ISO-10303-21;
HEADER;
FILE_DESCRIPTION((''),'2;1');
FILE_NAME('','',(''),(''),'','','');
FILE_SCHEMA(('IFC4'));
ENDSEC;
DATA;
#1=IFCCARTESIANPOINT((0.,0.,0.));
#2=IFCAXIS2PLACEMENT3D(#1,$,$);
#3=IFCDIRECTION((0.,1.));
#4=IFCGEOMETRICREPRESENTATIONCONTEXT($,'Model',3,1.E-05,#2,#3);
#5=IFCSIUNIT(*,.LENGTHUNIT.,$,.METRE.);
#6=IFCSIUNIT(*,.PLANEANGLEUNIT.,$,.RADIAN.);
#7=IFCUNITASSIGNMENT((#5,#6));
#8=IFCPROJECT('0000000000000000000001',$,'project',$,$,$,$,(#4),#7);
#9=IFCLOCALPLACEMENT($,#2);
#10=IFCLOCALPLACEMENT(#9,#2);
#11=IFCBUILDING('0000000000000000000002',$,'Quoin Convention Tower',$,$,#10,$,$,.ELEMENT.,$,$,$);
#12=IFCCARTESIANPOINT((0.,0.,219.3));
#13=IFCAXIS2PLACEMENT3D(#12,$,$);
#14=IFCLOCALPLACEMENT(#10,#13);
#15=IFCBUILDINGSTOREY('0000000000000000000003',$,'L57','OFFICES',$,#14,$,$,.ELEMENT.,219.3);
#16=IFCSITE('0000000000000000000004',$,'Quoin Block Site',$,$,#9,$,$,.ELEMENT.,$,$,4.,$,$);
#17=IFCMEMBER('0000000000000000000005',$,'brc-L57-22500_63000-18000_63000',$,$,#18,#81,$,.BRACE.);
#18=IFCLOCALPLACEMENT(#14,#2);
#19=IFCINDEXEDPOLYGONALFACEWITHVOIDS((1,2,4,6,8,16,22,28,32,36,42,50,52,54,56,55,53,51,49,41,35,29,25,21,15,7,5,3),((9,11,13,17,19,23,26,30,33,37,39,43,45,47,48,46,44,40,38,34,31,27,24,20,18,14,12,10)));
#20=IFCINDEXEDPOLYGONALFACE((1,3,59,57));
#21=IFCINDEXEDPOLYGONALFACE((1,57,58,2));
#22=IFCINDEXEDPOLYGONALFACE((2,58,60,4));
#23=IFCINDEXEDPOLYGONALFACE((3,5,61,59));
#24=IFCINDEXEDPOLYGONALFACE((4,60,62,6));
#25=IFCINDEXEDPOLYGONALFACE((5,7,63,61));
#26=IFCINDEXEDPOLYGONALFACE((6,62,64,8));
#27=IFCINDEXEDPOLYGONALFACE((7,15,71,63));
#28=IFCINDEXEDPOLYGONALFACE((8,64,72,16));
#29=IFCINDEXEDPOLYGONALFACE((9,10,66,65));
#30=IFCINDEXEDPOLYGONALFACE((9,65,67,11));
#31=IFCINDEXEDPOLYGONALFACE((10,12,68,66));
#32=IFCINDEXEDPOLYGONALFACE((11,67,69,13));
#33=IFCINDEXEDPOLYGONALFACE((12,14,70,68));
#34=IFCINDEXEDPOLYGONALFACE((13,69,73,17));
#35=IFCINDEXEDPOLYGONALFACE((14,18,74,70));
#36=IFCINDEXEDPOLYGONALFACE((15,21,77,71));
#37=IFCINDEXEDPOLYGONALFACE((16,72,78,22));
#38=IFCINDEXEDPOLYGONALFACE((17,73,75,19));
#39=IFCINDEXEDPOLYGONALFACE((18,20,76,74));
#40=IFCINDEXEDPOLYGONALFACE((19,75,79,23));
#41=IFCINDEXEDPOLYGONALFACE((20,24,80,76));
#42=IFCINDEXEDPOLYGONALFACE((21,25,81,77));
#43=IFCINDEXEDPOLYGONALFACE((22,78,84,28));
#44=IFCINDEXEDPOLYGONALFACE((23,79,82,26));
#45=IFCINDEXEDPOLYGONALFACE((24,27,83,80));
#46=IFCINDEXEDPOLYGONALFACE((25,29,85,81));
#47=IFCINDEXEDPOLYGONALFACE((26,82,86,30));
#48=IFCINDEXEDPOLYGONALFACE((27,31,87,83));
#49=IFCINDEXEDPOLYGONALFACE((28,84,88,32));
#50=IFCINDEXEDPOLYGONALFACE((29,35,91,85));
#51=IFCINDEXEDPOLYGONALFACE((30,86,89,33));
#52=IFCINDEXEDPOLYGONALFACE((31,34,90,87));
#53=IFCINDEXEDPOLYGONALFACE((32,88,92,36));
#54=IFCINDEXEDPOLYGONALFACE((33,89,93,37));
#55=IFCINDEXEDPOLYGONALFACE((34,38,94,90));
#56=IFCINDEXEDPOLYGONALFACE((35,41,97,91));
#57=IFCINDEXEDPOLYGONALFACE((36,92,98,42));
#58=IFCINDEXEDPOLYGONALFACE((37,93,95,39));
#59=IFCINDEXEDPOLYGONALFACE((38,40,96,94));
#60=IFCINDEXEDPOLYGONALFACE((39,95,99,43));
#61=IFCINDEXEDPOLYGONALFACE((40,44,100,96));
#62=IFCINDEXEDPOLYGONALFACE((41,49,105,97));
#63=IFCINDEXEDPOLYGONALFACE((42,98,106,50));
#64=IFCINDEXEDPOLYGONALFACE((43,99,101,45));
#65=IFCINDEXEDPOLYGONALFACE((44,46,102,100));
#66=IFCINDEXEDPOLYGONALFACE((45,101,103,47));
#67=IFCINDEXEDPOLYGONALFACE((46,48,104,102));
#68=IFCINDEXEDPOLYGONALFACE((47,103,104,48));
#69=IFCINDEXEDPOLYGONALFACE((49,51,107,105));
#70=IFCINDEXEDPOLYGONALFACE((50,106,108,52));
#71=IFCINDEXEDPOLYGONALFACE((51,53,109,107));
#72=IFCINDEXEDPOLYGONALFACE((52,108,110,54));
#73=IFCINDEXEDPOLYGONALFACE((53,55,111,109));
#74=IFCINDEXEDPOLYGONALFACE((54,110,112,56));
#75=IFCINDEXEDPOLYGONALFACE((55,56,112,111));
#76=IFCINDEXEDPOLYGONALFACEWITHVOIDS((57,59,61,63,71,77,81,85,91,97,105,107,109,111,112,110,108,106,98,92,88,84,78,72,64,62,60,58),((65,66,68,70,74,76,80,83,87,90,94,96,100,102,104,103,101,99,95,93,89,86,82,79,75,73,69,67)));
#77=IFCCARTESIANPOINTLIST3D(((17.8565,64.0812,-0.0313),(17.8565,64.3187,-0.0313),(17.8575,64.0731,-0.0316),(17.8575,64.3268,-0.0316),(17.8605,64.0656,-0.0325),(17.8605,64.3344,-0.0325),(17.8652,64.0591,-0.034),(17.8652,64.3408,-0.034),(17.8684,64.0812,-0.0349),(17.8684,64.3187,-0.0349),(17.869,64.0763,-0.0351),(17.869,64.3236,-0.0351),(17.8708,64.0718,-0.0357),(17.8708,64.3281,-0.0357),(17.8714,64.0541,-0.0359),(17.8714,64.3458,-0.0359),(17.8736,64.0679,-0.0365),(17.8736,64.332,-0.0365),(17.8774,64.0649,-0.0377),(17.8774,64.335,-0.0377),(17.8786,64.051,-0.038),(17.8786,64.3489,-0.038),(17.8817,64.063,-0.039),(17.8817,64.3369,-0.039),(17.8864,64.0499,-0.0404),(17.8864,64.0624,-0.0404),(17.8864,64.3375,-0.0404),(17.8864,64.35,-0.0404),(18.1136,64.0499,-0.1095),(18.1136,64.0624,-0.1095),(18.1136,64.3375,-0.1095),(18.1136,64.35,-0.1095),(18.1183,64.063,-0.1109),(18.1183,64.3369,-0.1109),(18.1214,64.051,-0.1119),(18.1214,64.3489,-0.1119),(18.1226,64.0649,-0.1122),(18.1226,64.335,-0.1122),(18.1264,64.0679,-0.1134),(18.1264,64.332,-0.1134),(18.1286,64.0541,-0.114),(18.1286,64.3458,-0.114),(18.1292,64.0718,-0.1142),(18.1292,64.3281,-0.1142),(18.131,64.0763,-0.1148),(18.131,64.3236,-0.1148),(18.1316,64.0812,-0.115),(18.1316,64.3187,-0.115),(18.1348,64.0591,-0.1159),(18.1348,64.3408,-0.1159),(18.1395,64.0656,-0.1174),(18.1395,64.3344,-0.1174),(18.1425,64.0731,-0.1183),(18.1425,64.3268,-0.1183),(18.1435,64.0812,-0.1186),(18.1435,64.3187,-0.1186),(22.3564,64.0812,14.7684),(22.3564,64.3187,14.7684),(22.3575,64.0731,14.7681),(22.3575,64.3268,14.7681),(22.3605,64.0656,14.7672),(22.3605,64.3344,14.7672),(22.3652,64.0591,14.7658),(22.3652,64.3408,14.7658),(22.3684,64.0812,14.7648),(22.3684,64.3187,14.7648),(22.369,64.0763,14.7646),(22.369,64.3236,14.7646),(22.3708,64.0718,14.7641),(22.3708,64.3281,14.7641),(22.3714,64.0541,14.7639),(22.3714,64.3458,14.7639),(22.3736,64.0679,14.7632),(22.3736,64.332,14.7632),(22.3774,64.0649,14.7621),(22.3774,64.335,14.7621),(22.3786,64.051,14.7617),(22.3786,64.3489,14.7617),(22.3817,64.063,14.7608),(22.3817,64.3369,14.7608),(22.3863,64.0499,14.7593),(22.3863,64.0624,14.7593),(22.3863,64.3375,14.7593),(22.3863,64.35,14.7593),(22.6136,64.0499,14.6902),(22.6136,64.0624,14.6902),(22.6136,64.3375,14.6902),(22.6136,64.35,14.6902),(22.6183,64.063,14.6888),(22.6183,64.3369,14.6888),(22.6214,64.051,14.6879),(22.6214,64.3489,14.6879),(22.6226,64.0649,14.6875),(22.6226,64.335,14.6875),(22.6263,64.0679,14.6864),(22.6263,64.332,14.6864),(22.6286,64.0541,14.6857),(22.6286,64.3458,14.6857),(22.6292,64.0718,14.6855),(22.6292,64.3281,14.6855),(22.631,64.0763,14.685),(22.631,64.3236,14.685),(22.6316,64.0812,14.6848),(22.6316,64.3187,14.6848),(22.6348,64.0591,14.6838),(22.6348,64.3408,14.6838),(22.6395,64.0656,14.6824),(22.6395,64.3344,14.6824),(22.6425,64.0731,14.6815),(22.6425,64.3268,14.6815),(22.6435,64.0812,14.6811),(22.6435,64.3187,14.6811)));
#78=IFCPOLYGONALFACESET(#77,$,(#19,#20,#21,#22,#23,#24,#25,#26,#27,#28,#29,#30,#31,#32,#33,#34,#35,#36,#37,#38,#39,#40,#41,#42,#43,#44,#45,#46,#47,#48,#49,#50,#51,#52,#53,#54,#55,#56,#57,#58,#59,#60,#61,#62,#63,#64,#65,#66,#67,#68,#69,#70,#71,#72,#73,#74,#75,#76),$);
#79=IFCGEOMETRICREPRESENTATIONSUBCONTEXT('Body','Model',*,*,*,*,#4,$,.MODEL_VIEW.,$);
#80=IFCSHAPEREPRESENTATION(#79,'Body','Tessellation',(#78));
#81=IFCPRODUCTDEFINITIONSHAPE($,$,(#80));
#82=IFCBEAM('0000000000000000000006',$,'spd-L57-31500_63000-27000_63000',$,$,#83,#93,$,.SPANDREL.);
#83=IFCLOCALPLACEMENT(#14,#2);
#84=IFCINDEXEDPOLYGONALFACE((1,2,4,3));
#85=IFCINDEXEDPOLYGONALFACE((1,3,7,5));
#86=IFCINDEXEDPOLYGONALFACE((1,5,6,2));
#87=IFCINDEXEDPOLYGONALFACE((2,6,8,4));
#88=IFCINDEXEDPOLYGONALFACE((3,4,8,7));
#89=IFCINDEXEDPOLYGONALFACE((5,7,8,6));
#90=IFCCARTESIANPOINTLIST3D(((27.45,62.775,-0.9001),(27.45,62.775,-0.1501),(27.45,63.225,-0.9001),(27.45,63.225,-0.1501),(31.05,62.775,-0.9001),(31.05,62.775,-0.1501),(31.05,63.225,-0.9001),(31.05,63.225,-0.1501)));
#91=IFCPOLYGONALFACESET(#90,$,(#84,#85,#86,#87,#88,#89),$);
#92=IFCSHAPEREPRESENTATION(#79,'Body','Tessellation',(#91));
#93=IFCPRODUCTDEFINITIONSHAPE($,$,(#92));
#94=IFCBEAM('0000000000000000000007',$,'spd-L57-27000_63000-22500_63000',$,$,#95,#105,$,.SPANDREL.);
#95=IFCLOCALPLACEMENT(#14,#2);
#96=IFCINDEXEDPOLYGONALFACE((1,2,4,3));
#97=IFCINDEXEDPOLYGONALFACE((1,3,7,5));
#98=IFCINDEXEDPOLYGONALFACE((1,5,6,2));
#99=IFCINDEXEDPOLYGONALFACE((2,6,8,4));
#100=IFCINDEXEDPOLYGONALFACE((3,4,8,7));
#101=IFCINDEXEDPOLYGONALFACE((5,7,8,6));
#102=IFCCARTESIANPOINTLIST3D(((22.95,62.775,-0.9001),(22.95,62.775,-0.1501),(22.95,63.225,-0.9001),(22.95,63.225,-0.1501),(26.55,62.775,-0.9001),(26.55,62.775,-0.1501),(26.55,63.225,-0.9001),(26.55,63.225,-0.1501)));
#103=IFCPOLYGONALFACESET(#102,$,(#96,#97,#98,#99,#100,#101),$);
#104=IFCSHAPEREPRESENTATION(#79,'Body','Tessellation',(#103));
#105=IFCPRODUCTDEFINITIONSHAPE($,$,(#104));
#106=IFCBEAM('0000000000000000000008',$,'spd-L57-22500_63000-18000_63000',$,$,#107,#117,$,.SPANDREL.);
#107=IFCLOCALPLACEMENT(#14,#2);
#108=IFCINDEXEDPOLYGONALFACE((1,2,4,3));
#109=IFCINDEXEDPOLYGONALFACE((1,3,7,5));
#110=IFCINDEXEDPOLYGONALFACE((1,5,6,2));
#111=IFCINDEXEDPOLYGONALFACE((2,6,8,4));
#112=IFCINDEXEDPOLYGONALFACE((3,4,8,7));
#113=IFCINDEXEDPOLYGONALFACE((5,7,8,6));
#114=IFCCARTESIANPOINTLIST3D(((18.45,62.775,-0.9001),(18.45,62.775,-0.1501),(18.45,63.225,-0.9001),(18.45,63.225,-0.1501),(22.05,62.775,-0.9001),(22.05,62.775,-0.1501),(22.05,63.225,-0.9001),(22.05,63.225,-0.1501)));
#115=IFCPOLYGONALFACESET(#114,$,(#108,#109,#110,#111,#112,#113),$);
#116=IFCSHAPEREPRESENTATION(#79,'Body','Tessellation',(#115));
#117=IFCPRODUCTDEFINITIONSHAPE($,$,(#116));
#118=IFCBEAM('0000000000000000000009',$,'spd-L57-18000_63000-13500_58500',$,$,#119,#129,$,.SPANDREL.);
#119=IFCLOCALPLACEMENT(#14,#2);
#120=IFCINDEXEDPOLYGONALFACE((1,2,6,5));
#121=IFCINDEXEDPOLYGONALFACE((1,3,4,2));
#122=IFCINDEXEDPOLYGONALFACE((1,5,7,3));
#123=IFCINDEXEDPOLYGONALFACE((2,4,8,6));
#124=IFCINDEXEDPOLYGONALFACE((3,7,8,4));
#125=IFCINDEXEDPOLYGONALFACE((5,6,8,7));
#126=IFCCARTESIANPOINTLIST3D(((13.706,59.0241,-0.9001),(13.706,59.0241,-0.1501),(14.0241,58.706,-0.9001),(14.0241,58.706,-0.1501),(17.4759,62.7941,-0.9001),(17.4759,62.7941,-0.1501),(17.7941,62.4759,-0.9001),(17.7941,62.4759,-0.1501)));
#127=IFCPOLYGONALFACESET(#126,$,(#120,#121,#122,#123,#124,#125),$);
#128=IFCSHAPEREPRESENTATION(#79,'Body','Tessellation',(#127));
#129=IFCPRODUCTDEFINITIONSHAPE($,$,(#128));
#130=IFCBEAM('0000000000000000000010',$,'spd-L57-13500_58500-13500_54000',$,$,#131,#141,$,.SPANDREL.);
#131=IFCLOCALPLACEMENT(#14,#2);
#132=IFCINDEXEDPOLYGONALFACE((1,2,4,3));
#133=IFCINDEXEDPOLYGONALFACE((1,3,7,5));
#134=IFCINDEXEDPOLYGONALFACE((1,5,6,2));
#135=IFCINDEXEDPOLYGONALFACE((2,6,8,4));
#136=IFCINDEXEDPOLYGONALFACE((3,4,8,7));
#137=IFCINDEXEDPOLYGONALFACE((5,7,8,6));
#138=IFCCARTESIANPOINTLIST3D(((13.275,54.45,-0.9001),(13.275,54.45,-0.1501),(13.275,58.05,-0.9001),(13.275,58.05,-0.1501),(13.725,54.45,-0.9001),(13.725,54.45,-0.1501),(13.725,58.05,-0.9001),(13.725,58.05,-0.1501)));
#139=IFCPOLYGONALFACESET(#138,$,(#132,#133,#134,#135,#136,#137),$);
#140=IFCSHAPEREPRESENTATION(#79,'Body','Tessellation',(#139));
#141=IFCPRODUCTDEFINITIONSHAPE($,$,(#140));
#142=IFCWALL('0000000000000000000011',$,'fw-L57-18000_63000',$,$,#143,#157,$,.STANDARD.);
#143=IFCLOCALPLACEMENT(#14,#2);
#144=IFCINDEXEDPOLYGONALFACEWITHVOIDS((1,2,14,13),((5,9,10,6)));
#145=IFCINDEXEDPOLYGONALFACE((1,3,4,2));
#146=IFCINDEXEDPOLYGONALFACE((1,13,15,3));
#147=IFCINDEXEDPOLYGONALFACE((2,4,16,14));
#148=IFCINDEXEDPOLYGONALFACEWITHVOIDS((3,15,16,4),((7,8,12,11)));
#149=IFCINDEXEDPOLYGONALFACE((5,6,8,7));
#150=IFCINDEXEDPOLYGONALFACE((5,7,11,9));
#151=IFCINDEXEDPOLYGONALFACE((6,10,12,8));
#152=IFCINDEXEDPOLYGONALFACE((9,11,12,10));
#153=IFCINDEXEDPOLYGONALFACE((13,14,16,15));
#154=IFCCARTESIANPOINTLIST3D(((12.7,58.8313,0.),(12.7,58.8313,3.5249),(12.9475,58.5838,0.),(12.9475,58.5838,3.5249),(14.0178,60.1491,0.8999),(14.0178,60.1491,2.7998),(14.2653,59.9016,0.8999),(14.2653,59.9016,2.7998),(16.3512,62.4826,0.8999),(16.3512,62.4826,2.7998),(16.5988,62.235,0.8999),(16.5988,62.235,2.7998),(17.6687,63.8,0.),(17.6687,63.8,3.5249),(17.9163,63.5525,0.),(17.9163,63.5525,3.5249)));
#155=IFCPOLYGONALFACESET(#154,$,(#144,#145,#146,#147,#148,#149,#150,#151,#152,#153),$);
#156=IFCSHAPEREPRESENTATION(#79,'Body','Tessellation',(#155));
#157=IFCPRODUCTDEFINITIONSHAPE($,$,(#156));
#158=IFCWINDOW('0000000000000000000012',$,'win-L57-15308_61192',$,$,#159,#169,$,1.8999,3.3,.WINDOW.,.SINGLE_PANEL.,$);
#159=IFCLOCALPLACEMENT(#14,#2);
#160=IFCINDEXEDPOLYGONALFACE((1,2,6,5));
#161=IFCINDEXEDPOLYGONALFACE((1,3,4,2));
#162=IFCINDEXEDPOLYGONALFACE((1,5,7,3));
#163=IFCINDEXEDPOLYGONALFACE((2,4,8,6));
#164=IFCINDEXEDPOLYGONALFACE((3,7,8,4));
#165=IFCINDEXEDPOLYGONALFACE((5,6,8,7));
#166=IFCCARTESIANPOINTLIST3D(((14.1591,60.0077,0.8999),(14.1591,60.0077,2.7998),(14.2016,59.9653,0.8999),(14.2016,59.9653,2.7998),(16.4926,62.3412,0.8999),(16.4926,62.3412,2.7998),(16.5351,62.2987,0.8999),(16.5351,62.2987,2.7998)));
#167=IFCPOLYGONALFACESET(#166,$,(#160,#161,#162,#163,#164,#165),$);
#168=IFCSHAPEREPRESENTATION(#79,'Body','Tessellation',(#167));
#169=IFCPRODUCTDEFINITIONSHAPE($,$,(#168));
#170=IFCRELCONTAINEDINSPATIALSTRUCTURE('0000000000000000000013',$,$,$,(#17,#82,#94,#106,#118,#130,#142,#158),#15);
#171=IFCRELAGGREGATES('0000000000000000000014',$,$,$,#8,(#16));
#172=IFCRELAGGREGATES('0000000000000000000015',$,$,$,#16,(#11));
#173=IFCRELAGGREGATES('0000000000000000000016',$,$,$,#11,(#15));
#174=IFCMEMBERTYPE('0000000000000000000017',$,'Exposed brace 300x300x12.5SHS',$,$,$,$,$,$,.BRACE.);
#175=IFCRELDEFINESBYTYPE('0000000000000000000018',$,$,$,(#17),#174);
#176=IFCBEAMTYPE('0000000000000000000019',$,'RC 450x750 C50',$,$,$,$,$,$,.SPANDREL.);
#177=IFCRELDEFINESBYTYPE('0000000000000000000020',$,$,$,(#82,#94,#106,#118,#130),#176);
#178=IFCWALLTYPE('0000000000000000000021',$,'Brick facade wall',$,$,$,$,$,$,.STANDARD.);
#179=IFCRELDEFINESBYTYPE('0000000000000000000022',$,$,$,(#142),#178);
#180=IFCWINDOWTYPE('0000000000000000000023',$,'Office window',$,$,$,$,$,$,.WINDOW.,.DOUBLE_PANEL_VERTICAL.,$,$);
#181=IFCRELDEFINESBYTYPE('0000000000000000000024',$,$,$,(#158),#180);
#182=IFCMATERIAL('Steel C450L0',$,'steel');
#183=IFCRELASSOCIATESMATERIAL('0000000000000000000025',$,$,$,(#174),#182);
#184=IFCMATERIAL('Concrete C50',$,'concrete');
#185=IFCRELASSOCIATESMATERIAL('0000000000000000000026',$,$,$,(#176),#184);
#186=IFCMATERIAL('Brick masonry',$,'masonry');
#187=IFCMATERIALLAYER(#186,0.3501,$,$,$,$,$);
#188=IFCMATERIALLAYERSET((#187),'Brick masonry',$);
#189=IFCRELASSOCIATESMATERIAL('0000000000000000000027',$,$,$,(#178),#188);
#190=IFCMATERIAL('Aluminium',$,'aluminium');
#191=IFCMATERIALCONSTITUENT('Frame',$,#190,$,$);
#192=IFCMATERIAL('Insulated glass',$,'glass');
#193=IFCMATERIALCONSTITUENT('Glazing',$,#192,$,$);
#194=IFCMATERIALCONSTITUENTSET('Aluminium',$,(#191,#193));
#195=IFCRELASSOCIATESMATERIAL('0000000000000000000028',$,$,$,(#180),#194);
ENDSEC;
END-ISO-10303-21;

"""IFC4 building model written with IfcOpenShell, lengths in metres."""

from ifc_helpers import new_model, si_unit, direction, frame, frame_2d, origin, origin_2d, place, context, subcontext, project, spatial, rectangle, hollow_rectangle, extrude, material, layer, layer_set, constituent, constituent_set, material_profile, profile_set, type_object, element, fill, save


model = new_model("IFC4")

# Units and contexts
model_context = context("Model", 3, precision=1e-05, world=origin(), true_north=direction((0.0, 1.0)))
body_context = subcontext(model_context, "Body", "Model", "MODEL_VIEW")
ifc_project = project(units=[si_unit("LENGTHUNIT", "METRE"), si_unit("PLANEANGLEUNIT", "RADIAN")], contexts=[model_context])

# Site, building, storey
site_placement = place(None, origin())
site = spatial("IfcSite", under=ifc_project, at=site_placement, Name="Quoin Block Site", CompositionType="ELEMENT", RefElevation=4.0)
building_placement = place(site_placement, origin())
building = spatial("IfcBuilding", under=site, at=building_placement, Name="Quoin Convention Tower", CompositionType="ELEMENT")
storey_placement = place(building_placement, frame((0.0, 0.0, 219.3)))
storey = spatial("IfcBuildingStorey", under=building, at=storey_placement, Name="L57", Description="OFFICES", CompositionType="ELEMENT", Elevation=219.3)

# Shared definitions
ifc_material_1 = material(Name="Concrete C50", Category="concrete")

# Member
ifc_material_2 = material(Name="Steel C450L0", Category="steel")
ifc_material_profile_1 = material_profile(ifc_material_2, hollow_rectangle(XDim=0.3, YDim=0.3, WallThickness=0.0125, InnerFilletRadius=0.0188, OuterFilletRadius=0.0312, at=origin_2d()), Name="300x300x12.5SHS")
ifc_profile_set_1 = profile_set([ifc_material_profile_1], Name="Steel C450L0")
member_type = type_object("IfcMemberType", Name="Exposed brace 300x300x12.5SHS", PredefinedType="BRACE", material=ifc_profile_set_1)
for number, where, z_axis, x_axis, name in (
    (1, (18.0, 64.2, -0.075), (0.290908, 0.0, 0.956751), (0.0, 1.0, 0.0), "brc-L57-22500_63000-18000_63000"),
):
    element("IfcMember", number, at=place(storey_placement, frame(where, z_axis=z_axis, x_axis=x_axis)), inside=storey, type_object=member_type, Name=name, PredefinedType="BRACE", context=body_context, shape_type="SweptSolid", body=[
        extrude(hollow_rectangle(XDim=0.3, YDim=0.3, WallThickness=0.0125, InnerFilletRadius=0.0188, OuterFilletRadius=0.0312, at=origin_2d()), origin(), (0.0, 0.0, 1.0), 15.4688),
    ])

# Beams
ifc_material_profile_2 = material_profile(ifc_material_1, rectangle(XDim=0.45, YDim=0.75, at=origin_2d()), Name="RC 450x750")
ifc_profile_set_2 = profile_set([ifc_material_profile_2], Name="Concrete C50")
beam_type_1 = type_object("IfcBeamType", Name="RC 450x750 C50", PredefinedType="SPANDREL", material=ifc_profile_set_2)
for number, where, z_axis, x_axis, name in (
    (2, (31.05, 63.0, -0.5251), (-1.0, 0.0, 0.0), (0.0, -1.0, 0.0), "spd-L57-31500_63000-27000_63000"),
    (3, (26.55, 63.0, -0.5251), (-1.0, 0.0, 0.0), (0.0, -1.0, 0.0), "spd-L57-27000_63000-22500_63000"),
    (4, (22.05, 63.0, -0.5251), (-1.0, 0.0, 0.0), (0.0, -1.0, 0.0), "spd-L57-22500_63000-18000_63000"),
):
    element("IfcBeam", number, at=place(storey_placement, frame(where, z_axis=z_axis, x_axis=x_axis)), inside=storey, type_object=beam_type_1, Name=name, PredefinedType="SPANDREL", context=body_context, shape_type="SweptSolid", body=[
        extrude(rectangle(XDim=0.45, YDim=0.75, at=origin_2d()), origin(), (0.0, 0.0, 1.0), 3.6001),
    ])
beam_1_placement = place(storey_placement, frame((17.635, 62.635, -0.5251), z_axis=(-0.707107, -0.707107, 0.0), x_axis=(0.707107, -0.707107, 0.0)))
element("IfcBeam", 5, at=beam_1_placement, inside=storey, type_object=beam_type_1, Name="spd-L57-18000_63000-13500_58500", PredefinedType="SPANDREL", context=body_context, shape_type="SweptSolid", body=[
    extrude(rectangle(XDim=0.45, YDim=0.75, at=origin_2d()), origin(), (0.0, 0.0, 1.0), 5.3315),
])
beam_2_placement = place(storey_placement, frame((13.5, 58.05, -0.5251), z_axis=(0.0, -1.0, 0.0), x_axis=(1.0, 0.0, 0.0)))
element("IfcBeam", 6, at=beam_2_placement, inside=storey, type_object=beam_type_1, Name="spd-L57-13500_58500-13500_54000", PredefinedType="SPANDREL", context=body_context, shape_type="SweptSolid", body=[
    extrude(rectangle(XDim=0.45, YDim=0.75, at=origin_2d()), origin(), (0.0, 0.0, 1.0), 3.6001),
])

# Wall, opening, window
ifc_material_3 = material(Name="Brick masonry", Category="masonry")
ifc_layer_1 = layer(ifc_material_3, 0.3501)
ifc_layer_set_1 = layer_set([ifc_layer_1], Name="Brick masonry")
wall_type_1 = type_object("IfcWallType", Name="Brick facade wall", PredefinedType="STANDARD", material=ifc_layer_set_1)
wall_1_placement = place(storey_placement, frame((17.7925, 63.6763, 0.0), z_axis=(0.0, 0.0, 1.0), x_axis=(-0.707107, -0.707107, 0.0)))
wall_1 = element("IfcWall", 7, at=wall_1_placement, inside=storey, type_object=wall_type_1, Name="fw-L57-18000_63000", PredefinedType="STANDARD", context=body_context, shape_type="SweptSolid", body=[
    extrude(rectangle(XDim=7.0269, YDim=0.3501, at=frame_2d((3.5134, 0.0))), origin(), (0.0, 0.0, 1.0), 3.5249),
])
opening_1_placement = place(wall_1_placement, frame((1.8633, 0.0, 0.8999)))
opening_1 = element("IfcOpeningElement", 8, at=opening_1_placement, cuts=wall_1, PredefinedType="OPENING", context=body_context, shape_type="SweptSolid", body=[
    extrude(rectangle(XDim=3.3, YDim=1.8999, at=frame_2d((1.6499, 0.95))), frame((0.0, 0.1851, 0.0), z_axis=(0.0, -1.0, 0.0), x_axis=(1.0, 0.0, 0.0)), (0.0, 0.0, 1.0), 0.3701),
])
ifc_material_4 = material(Name="Aluminium", Category="aluminium")
ifc_constituent_1 = constituent(ifc_material_4, Name="Frame")
ifc_material_5 = material(Name="Insulated glass", Category="glass")
ifc_constituent_2 = constituent(ifc_material_5, Name="Glazing")
ifc_constituent_set = constituent_set(constituents=[ifc_constituent_1, ifc_constituent_2], Name="Aluminium")
window_type = type_object("IfcWindowType", Name="Office window", PartitioningType="DOUBLE_PANEL_VERTICAL", PredefinedType="WINDOW", material=ifc_constituent_set)
window_1_placement = place(opening_1_placement, origin())
window_1 = element("IfcWindow", 9, at=window_1_placement, inside=storey, type_object=window_type, Name="win-L57-15308_61192", OverallHeight=1.8999, OverallWidth=3.3, PartitioningType="SINGLE_PANEL", PredefinedType="WINDOW", context=body_context, shape_type="SweptSolid", body=[
    extrude(rectangle(XDim=3.3, YDim=1.8999, at=frame_2d((1.6499, 0.95))), frame((0.0, 0.085, 0.0), z_axis=(0.0, -1.0, 0.0), x_axis=(1.0, 0.0, 0.0)), (0.0, 0.0, 1.0), 0.0601),
])
fill(opening_1, window_1)

save(model, "model.ifc")
